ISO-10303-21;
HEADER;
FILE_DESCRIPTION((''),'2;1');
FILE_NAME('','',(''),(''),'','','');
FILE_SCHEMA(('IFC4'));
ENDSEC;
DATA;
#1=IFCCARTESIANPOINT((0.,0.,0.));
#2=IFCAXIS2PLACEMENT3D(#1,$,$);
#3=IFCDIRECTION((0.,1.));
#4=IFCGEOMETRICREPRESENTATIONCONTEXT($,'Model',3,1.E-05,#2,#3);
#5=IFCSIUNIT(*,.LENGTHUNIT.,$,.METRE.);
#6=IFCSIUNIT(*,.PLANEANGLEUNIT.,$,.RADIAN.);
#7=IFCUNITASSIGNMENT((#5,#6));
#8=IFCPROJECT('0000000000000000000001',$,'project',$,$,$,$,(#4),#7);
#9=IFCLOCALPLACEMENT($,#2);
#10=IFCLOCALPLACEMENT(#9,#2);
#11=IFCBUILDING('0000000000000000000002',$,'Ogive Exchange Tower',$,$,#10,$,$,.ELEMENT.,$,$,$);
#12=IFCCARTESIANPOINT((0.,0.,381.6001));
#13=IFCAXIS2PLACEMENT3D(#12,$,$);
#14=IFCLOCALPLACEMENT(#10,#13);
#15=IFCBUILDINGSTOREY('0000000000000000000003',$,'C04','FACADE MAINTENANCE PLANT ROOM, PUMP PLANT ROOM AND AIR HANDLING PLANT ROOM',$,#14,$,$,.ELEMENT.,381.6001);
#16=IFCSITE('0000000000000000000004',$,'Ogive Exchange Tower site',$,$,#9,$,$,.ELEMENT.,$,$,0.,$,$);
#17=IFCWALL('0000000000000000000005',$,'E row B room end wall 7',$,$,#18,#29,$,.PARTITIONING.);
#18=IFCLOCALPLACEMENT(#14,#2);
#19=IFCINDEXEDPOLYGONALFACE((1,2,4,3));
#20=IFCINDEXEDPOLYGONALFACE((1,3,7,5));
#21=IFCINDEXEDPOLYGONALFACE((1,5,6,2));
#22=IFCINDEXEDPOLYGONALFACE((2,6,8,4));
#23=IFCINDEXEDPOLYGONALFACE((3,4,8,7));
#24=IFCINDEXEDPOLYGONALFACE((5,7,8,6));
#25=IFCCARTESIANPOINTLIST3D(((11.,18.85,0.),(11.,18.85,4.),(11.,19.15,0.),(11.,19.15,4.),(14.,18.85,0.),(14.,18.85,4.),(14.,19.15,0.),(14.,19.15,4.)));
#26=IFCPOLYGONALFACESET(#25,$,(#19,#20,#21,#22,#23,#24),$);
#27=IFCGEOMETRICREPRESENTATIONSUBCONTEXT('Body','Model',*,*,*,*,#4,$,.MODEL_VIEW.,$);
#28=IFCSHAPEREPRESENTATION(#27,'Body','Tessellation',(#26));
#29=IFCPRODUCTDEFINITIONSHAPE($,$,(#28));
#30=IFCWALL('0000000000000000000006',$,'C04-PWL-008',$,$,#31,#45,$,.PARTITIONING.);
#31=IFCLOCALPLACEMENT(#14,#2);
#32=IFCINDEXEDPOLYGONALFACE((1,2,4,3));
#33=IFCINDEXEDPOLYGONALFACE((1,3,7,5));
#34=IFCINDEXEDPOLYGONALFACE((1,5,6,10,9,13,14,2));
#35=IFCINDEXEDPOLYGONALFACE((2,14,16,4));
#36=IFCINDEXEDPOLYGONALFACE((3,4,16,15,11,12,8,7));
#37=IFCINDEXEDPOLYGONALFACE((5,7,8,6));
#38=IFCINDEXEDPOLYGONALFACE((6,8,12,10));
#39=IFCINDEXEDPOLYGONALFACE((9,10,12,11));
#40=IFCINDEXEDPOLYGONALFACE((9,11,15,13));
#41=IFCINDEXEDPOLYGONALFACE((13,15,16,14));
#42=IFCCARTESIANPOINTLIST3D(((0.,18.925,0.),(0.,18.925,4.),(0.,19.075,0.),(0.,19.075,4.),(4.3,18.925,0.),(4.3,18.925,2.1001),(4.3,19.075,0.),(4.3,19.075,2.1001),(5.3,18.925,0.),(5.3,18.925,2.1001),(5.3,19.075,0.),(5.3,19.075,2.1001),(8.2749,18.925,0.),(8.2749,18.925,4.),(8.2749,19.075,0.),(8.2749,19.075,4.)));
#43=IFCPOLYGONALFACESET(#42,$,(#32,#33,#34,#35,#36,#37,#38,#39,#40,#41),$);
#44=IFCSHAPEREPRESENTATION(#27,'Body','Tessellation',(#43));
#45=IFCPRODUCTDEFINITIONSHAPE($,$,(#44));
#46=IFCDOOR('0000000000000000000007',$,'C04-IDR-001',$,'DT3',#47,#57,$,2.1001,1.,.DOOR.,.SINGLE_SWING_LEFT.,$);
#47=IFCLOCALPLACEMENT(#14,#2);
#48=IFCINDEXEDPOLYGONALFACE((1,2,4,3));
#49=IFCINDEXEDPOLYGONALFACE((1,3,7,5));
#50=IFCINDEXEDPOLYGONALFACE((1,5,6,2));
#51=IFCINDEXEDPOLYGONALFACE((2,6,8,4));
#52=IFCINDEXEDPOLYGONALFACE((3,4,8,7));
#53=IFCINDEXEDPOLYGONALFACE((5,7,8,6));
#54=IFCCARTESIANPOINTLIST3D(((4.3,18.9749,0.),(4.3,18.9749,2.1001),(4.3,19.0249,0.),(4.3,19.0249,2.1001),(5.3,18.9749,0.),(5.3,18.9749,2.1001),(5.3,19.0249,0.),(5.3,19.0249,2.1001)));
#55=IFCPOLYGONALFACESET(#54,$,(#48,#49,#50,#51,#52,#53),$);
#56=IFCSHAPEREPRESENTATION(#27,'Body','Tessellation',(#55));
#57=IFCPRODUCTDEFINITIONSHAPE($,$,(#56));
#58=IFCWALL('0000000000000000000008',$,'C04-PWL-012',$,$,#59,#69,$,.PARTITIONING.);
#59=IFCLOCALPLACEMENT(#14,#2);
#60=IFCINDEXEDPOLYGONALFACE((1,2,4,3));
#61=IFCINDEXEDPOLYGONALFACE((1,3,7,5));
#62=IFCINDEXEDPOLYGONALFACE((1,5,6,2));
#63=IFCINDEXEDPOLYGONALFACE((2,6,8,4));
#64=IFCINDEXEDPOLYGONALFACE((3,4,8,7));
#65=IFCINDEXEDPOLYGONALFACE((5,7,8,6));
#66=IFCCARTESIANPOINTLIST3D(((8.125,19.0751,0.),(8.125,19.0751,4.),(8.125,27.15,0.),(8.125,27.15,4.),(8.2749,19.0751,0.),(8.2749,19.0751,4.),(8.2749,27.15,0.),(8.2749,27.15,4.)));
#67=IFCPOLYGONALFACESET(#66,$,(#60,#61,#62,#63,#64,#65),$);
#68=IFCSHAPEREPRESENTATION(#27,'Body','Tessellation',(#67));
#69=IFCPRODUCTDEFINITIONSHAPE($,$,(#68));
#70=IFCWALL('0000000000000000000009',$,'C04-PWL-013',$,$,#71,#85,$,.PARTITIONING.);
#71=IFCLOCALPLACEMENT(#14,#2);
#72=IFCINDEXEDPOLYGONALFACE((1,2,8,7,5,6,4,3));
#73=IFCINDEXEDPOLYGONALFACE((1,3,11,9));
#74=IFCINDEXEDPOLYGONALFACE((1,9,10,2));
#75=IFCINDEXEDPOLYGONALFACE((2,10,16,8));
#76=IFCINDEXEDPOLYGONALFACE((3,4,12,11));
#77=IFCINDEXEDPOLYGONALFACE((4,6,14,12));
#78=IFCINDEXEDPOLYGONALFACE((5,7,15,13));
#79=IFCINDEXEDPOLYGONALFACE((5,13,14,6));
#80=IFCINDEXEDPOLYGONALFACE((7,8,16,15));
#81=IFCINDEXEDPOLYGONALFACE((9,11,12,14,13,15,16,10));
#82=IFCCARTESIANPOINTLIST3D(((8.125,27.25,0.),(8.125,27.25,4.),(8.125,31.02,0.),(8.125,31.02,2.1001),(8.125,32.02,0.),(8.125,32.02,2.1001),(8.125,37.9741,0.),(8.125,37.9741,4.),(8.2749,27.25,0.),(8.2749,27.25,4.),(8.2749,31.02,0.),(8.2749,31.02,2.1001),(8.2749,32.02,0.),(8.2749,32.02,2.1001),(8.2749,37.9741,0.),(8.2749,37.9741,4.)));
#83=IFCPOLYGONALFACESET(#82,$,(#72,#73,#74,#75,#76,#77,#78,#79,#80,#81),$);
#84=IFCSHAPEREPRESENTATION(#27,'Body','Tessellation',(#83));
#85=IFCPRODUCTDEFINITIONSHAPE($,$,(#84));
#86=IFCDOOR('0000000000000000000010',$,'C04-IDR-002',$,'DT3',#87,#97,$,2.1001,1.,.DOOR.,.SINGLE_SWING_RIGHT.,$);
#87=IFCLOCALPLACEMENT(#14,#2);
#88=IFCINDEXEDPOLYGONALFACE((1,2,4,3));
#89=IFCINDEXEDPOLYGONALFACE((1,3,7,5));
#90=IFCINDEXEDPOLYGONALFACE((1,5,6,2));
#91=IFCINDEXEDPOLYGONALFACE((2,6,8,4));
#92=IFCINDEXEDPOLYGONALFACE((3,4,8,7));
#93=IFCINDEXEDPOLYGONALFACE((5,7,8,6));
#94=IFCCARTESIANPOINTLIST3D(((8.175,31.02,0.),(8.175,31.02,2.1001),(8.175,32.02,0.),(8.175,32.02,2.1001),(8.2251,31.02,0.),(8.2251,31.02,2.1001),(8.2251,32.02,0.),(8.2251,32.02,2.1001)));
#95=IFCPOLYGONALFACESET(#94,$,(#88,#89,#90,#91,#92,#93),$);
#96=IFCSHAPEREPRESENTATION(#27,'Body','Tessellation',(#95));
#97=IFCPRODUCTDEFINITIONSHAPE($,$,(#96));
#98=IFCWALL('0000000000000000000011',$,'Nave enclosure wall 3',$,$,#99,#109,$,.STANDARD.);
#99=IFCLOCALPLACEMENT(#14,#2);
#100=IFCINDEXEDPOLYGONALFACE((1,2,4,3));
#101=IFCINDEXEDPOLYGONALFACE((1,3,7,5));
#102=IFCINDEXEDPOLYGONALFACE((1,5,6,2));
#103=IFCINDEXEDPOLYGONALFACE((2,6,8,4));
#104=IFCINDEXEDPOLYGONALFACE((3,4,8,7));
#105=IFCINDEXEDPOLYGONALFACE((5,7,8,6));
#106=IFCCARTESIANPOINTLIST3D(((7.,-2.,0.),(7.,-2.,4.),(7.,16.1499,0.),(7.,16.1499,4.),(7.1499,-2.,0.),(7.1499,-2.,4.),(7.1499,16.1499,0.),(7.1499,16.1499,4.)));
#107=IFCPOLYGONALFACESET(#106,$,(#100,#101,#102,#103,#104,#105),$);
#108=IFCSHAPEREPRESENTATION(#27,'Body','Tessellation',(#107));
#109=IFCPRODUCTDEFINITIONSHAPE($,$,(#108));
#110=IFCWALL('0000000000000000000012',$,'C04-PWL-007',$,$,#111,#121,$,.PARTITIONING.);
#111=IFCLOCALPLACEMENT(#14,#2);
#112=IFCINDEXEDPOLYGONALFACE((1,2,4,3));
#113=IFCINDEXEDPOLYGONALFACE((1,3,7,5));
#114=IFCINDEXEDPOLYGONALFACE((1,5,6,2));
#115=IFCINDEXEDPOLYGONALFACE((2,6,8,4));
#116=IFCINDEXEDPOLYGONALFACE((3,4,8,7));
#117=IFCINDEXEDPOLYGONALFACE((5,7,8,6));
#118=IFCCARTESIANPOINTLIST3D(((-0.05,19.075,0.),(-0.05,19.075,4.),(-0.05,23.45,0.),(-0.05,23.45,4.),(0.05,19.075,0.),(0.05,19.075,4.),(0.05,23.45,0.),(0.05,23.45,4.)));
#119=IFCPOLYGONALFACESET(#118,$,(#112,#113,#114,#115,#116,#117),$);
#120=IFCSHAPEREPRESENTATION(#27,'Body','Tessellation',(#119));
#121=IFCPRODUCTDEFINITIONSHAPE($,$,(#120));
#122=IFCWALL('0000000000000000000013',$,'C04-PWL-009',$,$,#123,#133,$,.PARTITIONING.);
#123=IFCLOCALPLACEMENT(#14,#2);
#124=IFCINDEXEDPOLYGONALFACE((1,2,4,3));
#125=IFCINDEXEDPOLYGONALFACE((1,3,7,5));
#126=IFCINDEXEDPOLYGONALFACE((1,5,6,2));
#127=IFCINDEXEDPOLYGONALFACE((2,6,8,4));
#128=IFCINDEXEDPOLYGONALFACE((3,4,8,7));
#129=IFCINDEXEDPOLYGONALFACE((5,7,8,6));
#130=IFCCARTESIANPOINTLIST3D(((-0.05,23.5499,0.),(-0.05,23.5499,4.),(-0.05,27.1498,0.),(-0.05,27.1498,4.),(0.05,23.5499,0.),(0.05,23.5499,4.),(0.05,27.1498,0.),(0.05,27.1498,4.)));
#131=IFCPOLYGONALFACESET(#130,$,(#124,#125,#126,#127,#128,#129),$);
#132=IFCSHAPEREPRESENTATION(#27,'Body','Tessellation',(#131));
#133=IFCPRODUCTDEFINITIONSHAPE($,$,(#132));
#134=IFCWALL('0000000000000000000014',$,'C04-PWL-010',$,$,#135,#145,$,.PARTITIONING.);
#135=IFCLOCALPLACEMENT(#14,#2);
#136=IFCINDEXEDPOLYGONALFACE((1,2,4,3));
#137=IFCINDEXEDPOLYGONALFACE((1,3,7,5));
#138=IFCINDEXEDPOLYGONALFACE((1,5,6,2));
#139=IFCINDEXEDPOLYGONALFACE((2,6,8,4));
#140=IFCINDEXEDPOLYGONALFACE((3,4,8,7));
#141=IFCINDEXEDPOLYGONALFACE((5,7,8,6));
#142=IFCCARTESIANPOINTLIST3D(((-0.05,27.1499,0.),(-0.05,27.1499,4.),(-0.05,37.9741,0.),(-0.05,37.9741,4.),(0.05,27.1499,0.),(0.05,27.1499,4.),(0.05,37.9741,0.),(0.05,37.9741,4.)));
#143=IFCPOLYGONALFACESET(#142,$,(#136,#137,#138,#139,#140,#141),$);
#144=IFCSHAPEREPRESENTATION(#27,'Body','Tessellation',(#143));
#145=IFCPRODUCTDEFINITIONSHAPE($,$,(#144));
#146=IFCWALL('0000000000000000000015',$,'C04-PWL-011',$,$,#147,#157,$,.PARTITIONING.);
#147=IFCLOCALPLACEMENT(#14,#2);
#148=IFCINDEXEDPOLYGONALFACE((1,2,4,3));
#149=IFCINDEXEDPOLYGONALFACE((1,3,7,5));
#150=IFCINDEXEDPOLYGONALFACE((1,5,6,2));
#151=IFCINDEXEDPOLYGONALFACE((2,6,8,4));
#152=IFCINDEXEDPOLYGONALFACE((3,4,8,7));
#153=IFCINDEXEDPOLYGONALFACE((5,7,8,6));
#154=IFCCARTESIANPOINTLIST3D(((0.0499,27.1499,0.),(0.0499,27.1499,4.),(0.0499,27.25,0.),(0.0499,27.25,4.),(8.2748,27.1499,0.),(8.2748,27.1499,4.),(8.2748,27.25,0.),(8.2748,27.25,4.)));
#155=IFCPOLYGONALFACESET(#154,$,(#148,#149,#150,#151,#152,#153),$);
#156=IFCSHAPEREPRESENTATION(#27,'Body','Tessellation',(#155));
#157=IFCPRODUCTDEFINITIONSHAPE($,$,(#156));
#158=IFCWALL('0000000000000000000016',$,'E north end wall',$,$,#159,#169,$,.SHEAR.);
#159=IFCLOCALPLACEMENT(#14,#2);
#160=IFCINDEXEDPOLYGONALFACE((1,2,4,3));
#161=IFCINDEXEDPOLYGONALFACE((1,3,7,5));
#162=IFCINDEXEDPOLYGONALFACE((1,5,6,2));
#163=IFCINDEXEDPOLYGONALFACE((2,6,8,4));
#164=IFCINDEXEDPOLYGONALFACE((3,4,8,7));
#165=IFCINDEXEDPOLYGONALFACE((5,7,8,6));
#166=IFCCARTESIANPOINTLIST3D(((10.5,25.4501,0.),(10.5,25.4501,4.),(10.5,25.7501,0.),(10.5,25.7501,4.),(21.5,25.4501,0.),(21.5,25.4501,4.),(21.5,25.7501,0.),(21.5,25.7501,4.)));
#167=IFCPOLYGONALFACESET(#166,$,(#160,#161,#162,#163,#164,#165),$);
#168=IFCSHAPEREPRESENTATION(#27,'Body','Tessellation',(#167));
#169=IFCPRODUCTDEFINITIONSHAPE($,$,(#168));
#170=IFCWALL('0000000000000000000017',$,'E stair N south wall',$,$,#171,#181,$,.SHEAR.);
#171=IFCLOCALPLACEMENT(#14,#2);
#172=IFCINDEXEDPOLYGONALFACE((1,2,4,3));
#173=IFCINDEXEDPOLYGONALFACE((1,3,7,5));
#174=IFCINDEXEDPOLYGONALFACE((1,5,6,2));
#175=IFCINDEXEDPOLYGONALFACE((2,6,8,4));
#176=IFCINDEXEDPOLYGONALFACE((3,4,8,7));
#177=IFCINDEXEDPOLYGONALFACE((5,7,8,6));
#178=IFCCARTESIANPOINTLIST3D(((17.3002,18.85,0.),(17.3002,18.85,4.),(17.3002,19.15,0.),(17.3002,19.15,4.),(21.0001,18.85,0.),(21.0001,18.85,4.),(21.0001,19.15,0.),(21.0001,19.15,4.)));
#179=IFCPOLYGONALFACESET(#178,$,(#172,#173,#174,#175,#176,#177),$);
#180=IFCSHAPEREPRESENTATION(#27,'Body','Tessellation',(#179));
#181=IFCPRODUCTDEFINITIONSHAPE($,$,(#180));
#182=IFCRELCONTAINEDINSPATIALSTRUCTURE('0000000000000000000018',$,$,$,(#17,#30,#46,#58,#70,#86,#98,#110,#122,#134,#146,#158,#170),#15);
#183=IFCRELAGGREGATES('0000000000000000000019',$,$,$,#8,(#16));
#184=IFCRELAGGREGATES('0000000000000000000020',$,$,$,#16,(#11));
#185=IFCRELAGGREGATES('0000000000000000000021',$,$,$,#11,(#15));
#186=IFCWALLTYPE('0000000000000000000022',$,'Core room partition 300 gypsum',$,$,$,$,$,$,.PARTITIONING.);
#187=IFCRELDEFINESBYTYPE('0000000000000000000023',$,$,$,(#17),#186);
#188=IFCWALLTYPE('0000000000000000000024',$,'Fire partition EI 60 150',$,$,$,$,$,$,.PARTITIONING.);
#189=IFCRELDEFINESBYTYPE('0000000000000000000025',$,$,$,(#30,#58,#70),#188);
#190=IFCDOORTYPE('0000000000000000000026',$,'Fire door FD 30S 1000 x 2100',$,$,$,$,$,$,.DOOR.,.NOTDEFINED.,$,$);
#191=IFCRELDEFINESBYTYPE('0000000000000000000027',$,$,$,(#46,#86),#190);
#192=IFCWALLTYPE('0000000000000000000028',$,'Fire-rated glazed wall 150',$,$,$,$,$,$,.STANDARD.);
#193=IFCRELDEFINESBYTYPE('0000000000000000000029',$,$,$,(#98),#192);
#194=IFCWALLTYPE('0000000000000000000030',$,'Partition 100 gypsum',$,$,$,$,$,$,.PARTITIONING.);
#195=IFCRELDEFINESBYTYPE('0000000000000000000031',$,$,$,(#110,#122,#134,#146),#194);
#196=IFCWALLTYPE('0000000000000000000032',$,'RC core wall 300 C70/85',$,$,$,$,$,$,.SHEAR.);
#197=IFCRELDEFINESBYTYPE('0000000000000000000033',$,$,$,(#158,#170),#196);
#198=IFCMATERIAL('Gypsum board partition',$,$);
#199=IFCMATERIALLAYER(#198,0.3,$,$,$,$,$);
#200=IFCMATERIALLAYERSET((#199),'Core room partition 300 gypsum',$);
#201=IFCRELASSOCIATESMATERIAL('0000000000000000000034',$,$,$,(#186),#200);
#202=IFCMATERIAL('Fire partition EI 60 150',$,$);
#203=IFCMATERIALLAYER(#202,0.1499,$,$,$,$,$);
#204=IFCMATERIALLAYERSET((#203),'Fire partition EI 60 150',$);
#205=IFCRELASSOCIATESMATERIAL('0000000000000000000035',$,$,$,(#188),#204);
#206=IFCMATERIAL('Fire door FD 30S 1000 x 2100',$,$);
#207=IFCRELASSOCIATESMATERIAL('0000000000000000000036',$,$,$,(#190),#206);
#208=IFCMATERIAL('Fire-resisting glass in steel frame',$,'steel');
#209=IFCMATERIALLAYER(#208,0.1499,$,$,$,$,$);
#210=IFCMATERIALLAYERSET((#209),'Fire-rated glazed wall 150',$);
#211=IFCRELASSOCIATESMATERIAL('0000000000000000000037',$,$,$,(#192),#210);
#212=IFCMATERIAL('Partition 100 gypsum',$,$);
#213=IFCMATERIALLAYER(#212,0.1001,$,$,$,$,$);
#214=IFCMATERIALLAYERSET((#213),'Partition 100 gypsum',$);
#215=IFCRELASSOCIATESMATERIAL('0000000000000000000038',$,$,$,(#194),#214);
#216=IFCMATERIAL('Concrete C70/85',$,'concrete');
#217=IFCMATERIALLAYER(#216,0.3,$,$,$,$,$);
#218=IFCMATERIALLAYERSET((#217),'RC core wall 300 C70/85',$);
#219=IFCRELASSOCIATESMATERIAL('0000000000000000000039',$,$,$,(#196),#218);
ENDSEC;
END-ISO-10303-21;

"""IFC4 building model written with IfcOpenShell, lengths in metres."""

from ifc_helpers import new_model, si_unit, direction, frame, frame_2d, origin, place, context, subcontext, project, spatial, rectangle, extrude, material, layer, layer_set, type_object, element, fill, save


model = new_model("IFC4")

# Units and contexts
model_context = context("Model", 3, precision=1e-05, world=origin(), true_north=direction((0.0, 1.0)))
body_context = subcontext(model_context, "Body", "Model", "MODEL_VIEW")
ifc_project = project(units=[si_unit("LENGTHUNIT", "METRE"), si_unit("PLANEANGLEUNIT", "RADIAN")], contexts=[model_context])

# Site, building, storey
site_placement = place(None, origin())
site = spatial("IfcSite", under=ifc_project, at=site_placement, Name="Ogive Exchange Tower site", CompositionType="ELEMENT", RefElevation=0.0)
building_placement = place(site_placement, origin())
building = spatial("IfcBuilding", under=site, at=building_placement, Name="Ogive Exchange Tower", CompositionType="ELEMENT")
storey_placement = place(building_placement, frame((0.0, 0.0, 381.6001)))
storey = spatial("IfcBuildingStorey", under=building, at=storey_placement, Name="C04", Description="FACADE MAINTENANCE PLANT ROOM, PUMP PLANT ROOM AND AIR HANDLING PLANT ROOM", CompositionType="ELEMENT", Elevation=381.6001)

# Wall
ifc_material_1 = material(Name="Gypsum board partition")
ifc_layer_1 = layer(ifc_material_1, 0.3)
ifc_layer_set_1 = layer_set([ifc_layer_1], Name="Core room partition 300 gypsum")
wall_type_1 = type_object("IfcWallType", Name="Core room partition 300 gypsum", PredefinedType="PARTITIONING", material=ifc_layer_set_1)
wall_1_placement = place(storey_placement, frame((11.0, 19.0, 0.0), z_axis=(0.0, 0.0, 1.0), x_axis=(1.0, 0.0, 0.0)))
element("IfcWall", 1, at=wall_1_placement, inside=storey, type_object=wall_type_1, Name="E row B room end wall 7", PredefinedType="PARTITIONING", context=body_context, shape_type="SweptSolid", body=[
    extrude(rectangle(XDim=3.0, YDim=0.3, at=frame_2d((1.5, 0.0))), origin(), (0.0, 0.0, 1.0), 4.0),
])

# Wall, opening, door
ifc_material_2 = material(Name="Fire partition EI 60 150")
ifc_layer_2 = layer(ifc_material_2, 0.1499)
ifc_layer_set_2 = layer_set([ifc_layer_2], Name="Fire partition EI 60 150")
wall_type_2 = type_object("IfcWallType", Name="Fire partition EI 60 150", PredefinedType="PARTITIONING", material=ifc_layer_set_2)
wall_2_placement = place(storey_placement, frame((0.0, 19.0, 0.0), z_axis=(0.0, 0.0, 1.0), x_axis=(1.0, 0.0, 0.0)))
wall_2 = element("IfcWall", 2, at=wall_2_placement, inside=storey, type_object=wall_type_2, Name="C04-PWL-008", PredefinedType="PARTITIONING", context=body_context, shape_type="SweptSolid", body=[
    extrude(rectangle(XDim=8.2749, YDim=0.1499, at=frame_2d((4.1375, 0.0))), origin(), (0.0, 0.0, 1.0), 4.0),
])
opening_1_placement = place(wall_2_placement, frame((4.3, 0.0, 0.0)))
opening_1 = element("IfcOpeningElement", 3, at=opening_1_placement, cuts=wall_2, PredefinedType="OPENING", context=body_context, shape_type="SweptSolid", body=[
    extrude(rectangle(XDim=1.0, YDim=2.1001, at=frame_2d((0.5, 1.05))), frame((0.0, 0.085, 0.0), z_axis=(0.0, -1.0, 0.0), x_axis=(1.0, 0.0, 0.0)), (0.0, 0.0, 1.0), 0.1699),
])
ifc_material_3 = material(Name="Fire door FD 30S 1000 x 2100")
door_type = type_object("IfcDoorType", Name="Fire door FD 30S 1000 x 2100", OperationType="NOTDEFINED", PredefinedType="DOOR", material=ifc_material_3)
door_1_placement = place(opening_1_placement, origin())
door_1 = element("IfcDoor", 4, at=door_1_placement, inside=storey, type_object=door_type, Name="C04-IDR-001", ObjectType="DT3", OperationType="SINGLE_SWING_LEFT", OverallHeight=2.1001, OverallWidth=1.0, PredefinedType="DOOR", context=body_context, shape_type="SweptSolid", body=[
    extrude(rectangle(XDim=1.0, YDim=2.1001, at=frame_2d((0.5, 1.05))), frame((0.0, 0.0249, 0.0), z_axis=(0.0, -1.0, 0.0), x_axis=(1.0, 0.0, 0.0)), (0.0, 0.0, 1.0), 0.05),
])
fill(opening_1, door_1)

# Wall
wall_3_placement = place(storey_placement, frame((8.2, 19.075, 0.0), z_axis=(0.0, 0.0, 1.0), x_axis=(0.0, 1.0, 0.0)))
element("IfcWall", 5, at=wall_3_placement, inside=storey, type_object=wall_type_2, Name="C04-PWL-012", PredefinedType="PARTITIONING", context=body_context, shape_type="SweptSolid", body=[
    extrude(rectangle(XDim=8.075, YDim=0.1499, at=frame_2d((4.0376, 0.0))), origin(), (0.0, 0.0, 1.0), 4.0),
])

# Wall, opening, door
wall_4_placement = place(storey_placement, frame((8.2, 27.25, 0.0), z_axis=(0.0, 0.0, 1.0), x_axis=(0.0, 1.0, 0.0)))
wall_4 = element("IfcWall", 6, at=wall_4_placement, inside=storey, type_object=wall_type_2, Name="C04-PWL-013", PredefinedType="PARTITIONING", context=body_context, shape_type="SweptSolid", body=[
    extrude(rectangle(XDim=10.7241, YDim=0.1499, at=frame_2d((5.3621, 0.0))), origin(), (0.0, 0.0, 1.0), 4.0),
])
opening_2_placement = place(wall_4_placement, frame((3.77, 0.0, 0.0)))
opening_2 = element("IfcOpeningElement", 7, at=opening_2_placement, cuts=wall_4, PredefinedType="OPENING", context=body_context, shape_type="SweptSolid", body=[
    extrude(rectangle(XDim=1.0, YDim=2.1001, at=frame_2d((0.5, 1.05))), frame((0.0, 0.085, 0.0), z_axis=(0.0, -1.0, 0.0), x_axis=(1.0, 0.0, 0.0)), (0.0, 0.0, 1.0), 0.1699),
])
door_2_placement = place(opening_2_placement, origin())
door_2 = element("IfcDoor", 8, at=door_2_placement, inside=storey, type_object=door_type, Name="C04-IDR-002", ObjectType="DT3", OperationType="SINGLE_SWING_RIGHT", OverallHeight=2.1001, OverallWidth=1.0, PredefinedType="DOOR", context=body_context, shape_type="SweptSolid", body=[
    extrude(rectangle(XDim=1.0, YDim=2.1001, at=frame_2d((0.5, 1.05))), frame((0.0, 0.0249, 0.0), z_axis=(0.0, -1.0, 0.0), x_axis=(1.0, 0.0, 0.0)), (0.0, 0.0, 1.0), 0.05),
])
fill(opening_2, door_2)

# Walls
ifc_material_4 = material(Name="Fire-resisting glass in steel frame", Category="steel")
ifc_layer_3 = layer(ifc_material_4, 0.1499)
ifc_layer_set_3 = layer_set([ifc_layer_3], Name="Fire-rated glazed wall 150")
wall_type_3 = type_object("IfcWallType", Name="Fire-rated glazed wall 150", PredefinedType="STANDARD", material=ifc_layer_set_3)
wall_5_placement = place(storey_placement, frame((7.075, 16.1499, 0.0), z_axis=(0.0, 0.0, 1.0), x_axis=(0.0, -1.0, 0.0)))
element("IfcWall", 9, at=wall_5_placement, inside=storey, type_object=wall_type_3, Name="Nave enclosure wall 3", PredefinedType="STANDARD", context=body_context, shape_type="SweptSolid", body=[
    extrude(rectangle(XDim=18.1499, YDim=0.1499, at=frame_2d((9.075, 0.0))), origin(), (0.0, 0.0, 1.0), 4.0),
])
ifc_material_5 = material(Name="Partition 100 gypsum")
ifc_layer_4 = layer(ifc_material_5, 0.1001)
ifc_layer_set_4 = layer_set([ifc_layer_4], Name="Partition 100 gypsum")
wall_type_4 = type_object("IfcWallType", Name="Partition 100 gypsum", PredefinedType="PARTITIONING", material=ifc_layer_set_4)
wall_6_placement = place(storey_placement, frame((0.0, 19.075, 0.0), z_axis=(0.0, 0.0, 1.0), x_axis=(0.0, 1.0, 0.0)))
element("IfcWall", 10, at=wall_6_placement, inside=storey, type_object=wall_type_4, Name="C04-PWL-007", PredefinedType="PARTITIONING", context=body_context, shape_type="SweptSolid", body=[
    extrude(rectangle(XDim=4.375, YDim=0.1001, at=frame_2d((2.1875, 0.0))), origin(), (0.0, 0.0, 1.0), 4.0),
])
wall_7_placement = place(storey_placement, frame((0.0, 23.55, 0.0), z_axis=(0.0, 0.0, 1.0), x_axis=(0.0, 1.0, 0.0)))
element("IfcWall", 11, at=wall_7_placement, inside=storey, type_object=wall_type_4, Name="C04-PWL-009", PredefinedType="PARTITIONING", context=body_context, shape_type="SweptSolid", body=[
    extrude(rectangle(XDim=3.5999, YDim=0.1001, at=frame_2d((1.7998, 0.0))), origin(), (0.0, 0.0, 1.0), 4.0),
])
wall_8_placement = place(storey_placement, frame((0.0, 27.1499, 0.0), z_axis=(0.0, 0.0, 1.0), x_axis=(0.0, 1.0, 0.0)))
element("IfcWall", 12, at=wall_8_placement, inside=storey, type_object=wall_type_4, Name="C04-PWL-010", PredefinedType="PARTITIONING", context=body_context, shape_type="SweptSolid", body=[
    extrude(rectangle(XDim=10.8242, YDim=0.1001, at=frame_2d((5.4121, 0.0))), origin(), (0.0, 0.0, 1.0), 4.0),
])
wall_9_placement = place(storey_placement, frame((0.05, 27.2, 0.0), z_axis=(0.0, 0.0, 1.0), x_axis=(1.0, 0.0, 0.0)))
element("IfcWall", 13, at=wall_9_placement, inside=storey, type_object=wall_type_4, Name="C04-PWL-011", PredefinedType="PARTITIONING", context=body_context, shape_type="SweptSolid", body=[
    extrude(rectangle(XDim=8.2249, YDim=0.1001, at=frame_2d((4.1123, 0.0))), origin(), (0.0, 0.0, 1.0), 4.0),
])
ifc_material_6 = material(Name="Concrete C70/85", Category="concrete")
ifc_layer_5 = layer(ifc_material_6, 0.3)
ifc_layer_set_5 = layer_set([ifc_layer_5], Name="RC core wall 300 C70/85")
wall_type_5 = type_object("IfcWallType", Name="RC core wall 300 C70/85", PredefinedType="SHEAR", material=ifc_layer_set_5)
wall_10_placement = place(storey_placement, frame((10.5, 25.6001, 0.0), z_axis=(0.0, 0.0, 1.0), x_axis=(1.0, 0.0, 0.0)))
element("IfcWall", 14, at=wall_10_placement, inside=storey, type_object=wall_type_5, Name="E north end wall", PredefinedType="SHEAR", context=body_context, shape_type="SweptSolid", body=[
    extrude(rectangle(XDim=11.0, YDim=0.3, at=frame_2d((5.5, 0.0))), origin(), (0.0, 0.0, 1.0), 4.0),
])
wall_11_placement = place(storey_placement, frame((17.3, 19.0, 0.0), z_axis=(0.0, 0.0, 1.0), x_axis=(1.0, 0.0, 0.0)))
element("IfcWall", 15, at=wall_11_placement, inside=storey, type_object=wall_type_5, Name="E stair N south wall", PredefinedType="SHEAR", context=body_context, shape_type="SweptSolid", body=[
    extrude(rectangle(XDim=3.7, YDim=0.3, at=frame_2d((1.8501, 0.0))), origin(), (0.0, 0.0, 1.0), 4.0),
])

save(model, "model.ifc")
